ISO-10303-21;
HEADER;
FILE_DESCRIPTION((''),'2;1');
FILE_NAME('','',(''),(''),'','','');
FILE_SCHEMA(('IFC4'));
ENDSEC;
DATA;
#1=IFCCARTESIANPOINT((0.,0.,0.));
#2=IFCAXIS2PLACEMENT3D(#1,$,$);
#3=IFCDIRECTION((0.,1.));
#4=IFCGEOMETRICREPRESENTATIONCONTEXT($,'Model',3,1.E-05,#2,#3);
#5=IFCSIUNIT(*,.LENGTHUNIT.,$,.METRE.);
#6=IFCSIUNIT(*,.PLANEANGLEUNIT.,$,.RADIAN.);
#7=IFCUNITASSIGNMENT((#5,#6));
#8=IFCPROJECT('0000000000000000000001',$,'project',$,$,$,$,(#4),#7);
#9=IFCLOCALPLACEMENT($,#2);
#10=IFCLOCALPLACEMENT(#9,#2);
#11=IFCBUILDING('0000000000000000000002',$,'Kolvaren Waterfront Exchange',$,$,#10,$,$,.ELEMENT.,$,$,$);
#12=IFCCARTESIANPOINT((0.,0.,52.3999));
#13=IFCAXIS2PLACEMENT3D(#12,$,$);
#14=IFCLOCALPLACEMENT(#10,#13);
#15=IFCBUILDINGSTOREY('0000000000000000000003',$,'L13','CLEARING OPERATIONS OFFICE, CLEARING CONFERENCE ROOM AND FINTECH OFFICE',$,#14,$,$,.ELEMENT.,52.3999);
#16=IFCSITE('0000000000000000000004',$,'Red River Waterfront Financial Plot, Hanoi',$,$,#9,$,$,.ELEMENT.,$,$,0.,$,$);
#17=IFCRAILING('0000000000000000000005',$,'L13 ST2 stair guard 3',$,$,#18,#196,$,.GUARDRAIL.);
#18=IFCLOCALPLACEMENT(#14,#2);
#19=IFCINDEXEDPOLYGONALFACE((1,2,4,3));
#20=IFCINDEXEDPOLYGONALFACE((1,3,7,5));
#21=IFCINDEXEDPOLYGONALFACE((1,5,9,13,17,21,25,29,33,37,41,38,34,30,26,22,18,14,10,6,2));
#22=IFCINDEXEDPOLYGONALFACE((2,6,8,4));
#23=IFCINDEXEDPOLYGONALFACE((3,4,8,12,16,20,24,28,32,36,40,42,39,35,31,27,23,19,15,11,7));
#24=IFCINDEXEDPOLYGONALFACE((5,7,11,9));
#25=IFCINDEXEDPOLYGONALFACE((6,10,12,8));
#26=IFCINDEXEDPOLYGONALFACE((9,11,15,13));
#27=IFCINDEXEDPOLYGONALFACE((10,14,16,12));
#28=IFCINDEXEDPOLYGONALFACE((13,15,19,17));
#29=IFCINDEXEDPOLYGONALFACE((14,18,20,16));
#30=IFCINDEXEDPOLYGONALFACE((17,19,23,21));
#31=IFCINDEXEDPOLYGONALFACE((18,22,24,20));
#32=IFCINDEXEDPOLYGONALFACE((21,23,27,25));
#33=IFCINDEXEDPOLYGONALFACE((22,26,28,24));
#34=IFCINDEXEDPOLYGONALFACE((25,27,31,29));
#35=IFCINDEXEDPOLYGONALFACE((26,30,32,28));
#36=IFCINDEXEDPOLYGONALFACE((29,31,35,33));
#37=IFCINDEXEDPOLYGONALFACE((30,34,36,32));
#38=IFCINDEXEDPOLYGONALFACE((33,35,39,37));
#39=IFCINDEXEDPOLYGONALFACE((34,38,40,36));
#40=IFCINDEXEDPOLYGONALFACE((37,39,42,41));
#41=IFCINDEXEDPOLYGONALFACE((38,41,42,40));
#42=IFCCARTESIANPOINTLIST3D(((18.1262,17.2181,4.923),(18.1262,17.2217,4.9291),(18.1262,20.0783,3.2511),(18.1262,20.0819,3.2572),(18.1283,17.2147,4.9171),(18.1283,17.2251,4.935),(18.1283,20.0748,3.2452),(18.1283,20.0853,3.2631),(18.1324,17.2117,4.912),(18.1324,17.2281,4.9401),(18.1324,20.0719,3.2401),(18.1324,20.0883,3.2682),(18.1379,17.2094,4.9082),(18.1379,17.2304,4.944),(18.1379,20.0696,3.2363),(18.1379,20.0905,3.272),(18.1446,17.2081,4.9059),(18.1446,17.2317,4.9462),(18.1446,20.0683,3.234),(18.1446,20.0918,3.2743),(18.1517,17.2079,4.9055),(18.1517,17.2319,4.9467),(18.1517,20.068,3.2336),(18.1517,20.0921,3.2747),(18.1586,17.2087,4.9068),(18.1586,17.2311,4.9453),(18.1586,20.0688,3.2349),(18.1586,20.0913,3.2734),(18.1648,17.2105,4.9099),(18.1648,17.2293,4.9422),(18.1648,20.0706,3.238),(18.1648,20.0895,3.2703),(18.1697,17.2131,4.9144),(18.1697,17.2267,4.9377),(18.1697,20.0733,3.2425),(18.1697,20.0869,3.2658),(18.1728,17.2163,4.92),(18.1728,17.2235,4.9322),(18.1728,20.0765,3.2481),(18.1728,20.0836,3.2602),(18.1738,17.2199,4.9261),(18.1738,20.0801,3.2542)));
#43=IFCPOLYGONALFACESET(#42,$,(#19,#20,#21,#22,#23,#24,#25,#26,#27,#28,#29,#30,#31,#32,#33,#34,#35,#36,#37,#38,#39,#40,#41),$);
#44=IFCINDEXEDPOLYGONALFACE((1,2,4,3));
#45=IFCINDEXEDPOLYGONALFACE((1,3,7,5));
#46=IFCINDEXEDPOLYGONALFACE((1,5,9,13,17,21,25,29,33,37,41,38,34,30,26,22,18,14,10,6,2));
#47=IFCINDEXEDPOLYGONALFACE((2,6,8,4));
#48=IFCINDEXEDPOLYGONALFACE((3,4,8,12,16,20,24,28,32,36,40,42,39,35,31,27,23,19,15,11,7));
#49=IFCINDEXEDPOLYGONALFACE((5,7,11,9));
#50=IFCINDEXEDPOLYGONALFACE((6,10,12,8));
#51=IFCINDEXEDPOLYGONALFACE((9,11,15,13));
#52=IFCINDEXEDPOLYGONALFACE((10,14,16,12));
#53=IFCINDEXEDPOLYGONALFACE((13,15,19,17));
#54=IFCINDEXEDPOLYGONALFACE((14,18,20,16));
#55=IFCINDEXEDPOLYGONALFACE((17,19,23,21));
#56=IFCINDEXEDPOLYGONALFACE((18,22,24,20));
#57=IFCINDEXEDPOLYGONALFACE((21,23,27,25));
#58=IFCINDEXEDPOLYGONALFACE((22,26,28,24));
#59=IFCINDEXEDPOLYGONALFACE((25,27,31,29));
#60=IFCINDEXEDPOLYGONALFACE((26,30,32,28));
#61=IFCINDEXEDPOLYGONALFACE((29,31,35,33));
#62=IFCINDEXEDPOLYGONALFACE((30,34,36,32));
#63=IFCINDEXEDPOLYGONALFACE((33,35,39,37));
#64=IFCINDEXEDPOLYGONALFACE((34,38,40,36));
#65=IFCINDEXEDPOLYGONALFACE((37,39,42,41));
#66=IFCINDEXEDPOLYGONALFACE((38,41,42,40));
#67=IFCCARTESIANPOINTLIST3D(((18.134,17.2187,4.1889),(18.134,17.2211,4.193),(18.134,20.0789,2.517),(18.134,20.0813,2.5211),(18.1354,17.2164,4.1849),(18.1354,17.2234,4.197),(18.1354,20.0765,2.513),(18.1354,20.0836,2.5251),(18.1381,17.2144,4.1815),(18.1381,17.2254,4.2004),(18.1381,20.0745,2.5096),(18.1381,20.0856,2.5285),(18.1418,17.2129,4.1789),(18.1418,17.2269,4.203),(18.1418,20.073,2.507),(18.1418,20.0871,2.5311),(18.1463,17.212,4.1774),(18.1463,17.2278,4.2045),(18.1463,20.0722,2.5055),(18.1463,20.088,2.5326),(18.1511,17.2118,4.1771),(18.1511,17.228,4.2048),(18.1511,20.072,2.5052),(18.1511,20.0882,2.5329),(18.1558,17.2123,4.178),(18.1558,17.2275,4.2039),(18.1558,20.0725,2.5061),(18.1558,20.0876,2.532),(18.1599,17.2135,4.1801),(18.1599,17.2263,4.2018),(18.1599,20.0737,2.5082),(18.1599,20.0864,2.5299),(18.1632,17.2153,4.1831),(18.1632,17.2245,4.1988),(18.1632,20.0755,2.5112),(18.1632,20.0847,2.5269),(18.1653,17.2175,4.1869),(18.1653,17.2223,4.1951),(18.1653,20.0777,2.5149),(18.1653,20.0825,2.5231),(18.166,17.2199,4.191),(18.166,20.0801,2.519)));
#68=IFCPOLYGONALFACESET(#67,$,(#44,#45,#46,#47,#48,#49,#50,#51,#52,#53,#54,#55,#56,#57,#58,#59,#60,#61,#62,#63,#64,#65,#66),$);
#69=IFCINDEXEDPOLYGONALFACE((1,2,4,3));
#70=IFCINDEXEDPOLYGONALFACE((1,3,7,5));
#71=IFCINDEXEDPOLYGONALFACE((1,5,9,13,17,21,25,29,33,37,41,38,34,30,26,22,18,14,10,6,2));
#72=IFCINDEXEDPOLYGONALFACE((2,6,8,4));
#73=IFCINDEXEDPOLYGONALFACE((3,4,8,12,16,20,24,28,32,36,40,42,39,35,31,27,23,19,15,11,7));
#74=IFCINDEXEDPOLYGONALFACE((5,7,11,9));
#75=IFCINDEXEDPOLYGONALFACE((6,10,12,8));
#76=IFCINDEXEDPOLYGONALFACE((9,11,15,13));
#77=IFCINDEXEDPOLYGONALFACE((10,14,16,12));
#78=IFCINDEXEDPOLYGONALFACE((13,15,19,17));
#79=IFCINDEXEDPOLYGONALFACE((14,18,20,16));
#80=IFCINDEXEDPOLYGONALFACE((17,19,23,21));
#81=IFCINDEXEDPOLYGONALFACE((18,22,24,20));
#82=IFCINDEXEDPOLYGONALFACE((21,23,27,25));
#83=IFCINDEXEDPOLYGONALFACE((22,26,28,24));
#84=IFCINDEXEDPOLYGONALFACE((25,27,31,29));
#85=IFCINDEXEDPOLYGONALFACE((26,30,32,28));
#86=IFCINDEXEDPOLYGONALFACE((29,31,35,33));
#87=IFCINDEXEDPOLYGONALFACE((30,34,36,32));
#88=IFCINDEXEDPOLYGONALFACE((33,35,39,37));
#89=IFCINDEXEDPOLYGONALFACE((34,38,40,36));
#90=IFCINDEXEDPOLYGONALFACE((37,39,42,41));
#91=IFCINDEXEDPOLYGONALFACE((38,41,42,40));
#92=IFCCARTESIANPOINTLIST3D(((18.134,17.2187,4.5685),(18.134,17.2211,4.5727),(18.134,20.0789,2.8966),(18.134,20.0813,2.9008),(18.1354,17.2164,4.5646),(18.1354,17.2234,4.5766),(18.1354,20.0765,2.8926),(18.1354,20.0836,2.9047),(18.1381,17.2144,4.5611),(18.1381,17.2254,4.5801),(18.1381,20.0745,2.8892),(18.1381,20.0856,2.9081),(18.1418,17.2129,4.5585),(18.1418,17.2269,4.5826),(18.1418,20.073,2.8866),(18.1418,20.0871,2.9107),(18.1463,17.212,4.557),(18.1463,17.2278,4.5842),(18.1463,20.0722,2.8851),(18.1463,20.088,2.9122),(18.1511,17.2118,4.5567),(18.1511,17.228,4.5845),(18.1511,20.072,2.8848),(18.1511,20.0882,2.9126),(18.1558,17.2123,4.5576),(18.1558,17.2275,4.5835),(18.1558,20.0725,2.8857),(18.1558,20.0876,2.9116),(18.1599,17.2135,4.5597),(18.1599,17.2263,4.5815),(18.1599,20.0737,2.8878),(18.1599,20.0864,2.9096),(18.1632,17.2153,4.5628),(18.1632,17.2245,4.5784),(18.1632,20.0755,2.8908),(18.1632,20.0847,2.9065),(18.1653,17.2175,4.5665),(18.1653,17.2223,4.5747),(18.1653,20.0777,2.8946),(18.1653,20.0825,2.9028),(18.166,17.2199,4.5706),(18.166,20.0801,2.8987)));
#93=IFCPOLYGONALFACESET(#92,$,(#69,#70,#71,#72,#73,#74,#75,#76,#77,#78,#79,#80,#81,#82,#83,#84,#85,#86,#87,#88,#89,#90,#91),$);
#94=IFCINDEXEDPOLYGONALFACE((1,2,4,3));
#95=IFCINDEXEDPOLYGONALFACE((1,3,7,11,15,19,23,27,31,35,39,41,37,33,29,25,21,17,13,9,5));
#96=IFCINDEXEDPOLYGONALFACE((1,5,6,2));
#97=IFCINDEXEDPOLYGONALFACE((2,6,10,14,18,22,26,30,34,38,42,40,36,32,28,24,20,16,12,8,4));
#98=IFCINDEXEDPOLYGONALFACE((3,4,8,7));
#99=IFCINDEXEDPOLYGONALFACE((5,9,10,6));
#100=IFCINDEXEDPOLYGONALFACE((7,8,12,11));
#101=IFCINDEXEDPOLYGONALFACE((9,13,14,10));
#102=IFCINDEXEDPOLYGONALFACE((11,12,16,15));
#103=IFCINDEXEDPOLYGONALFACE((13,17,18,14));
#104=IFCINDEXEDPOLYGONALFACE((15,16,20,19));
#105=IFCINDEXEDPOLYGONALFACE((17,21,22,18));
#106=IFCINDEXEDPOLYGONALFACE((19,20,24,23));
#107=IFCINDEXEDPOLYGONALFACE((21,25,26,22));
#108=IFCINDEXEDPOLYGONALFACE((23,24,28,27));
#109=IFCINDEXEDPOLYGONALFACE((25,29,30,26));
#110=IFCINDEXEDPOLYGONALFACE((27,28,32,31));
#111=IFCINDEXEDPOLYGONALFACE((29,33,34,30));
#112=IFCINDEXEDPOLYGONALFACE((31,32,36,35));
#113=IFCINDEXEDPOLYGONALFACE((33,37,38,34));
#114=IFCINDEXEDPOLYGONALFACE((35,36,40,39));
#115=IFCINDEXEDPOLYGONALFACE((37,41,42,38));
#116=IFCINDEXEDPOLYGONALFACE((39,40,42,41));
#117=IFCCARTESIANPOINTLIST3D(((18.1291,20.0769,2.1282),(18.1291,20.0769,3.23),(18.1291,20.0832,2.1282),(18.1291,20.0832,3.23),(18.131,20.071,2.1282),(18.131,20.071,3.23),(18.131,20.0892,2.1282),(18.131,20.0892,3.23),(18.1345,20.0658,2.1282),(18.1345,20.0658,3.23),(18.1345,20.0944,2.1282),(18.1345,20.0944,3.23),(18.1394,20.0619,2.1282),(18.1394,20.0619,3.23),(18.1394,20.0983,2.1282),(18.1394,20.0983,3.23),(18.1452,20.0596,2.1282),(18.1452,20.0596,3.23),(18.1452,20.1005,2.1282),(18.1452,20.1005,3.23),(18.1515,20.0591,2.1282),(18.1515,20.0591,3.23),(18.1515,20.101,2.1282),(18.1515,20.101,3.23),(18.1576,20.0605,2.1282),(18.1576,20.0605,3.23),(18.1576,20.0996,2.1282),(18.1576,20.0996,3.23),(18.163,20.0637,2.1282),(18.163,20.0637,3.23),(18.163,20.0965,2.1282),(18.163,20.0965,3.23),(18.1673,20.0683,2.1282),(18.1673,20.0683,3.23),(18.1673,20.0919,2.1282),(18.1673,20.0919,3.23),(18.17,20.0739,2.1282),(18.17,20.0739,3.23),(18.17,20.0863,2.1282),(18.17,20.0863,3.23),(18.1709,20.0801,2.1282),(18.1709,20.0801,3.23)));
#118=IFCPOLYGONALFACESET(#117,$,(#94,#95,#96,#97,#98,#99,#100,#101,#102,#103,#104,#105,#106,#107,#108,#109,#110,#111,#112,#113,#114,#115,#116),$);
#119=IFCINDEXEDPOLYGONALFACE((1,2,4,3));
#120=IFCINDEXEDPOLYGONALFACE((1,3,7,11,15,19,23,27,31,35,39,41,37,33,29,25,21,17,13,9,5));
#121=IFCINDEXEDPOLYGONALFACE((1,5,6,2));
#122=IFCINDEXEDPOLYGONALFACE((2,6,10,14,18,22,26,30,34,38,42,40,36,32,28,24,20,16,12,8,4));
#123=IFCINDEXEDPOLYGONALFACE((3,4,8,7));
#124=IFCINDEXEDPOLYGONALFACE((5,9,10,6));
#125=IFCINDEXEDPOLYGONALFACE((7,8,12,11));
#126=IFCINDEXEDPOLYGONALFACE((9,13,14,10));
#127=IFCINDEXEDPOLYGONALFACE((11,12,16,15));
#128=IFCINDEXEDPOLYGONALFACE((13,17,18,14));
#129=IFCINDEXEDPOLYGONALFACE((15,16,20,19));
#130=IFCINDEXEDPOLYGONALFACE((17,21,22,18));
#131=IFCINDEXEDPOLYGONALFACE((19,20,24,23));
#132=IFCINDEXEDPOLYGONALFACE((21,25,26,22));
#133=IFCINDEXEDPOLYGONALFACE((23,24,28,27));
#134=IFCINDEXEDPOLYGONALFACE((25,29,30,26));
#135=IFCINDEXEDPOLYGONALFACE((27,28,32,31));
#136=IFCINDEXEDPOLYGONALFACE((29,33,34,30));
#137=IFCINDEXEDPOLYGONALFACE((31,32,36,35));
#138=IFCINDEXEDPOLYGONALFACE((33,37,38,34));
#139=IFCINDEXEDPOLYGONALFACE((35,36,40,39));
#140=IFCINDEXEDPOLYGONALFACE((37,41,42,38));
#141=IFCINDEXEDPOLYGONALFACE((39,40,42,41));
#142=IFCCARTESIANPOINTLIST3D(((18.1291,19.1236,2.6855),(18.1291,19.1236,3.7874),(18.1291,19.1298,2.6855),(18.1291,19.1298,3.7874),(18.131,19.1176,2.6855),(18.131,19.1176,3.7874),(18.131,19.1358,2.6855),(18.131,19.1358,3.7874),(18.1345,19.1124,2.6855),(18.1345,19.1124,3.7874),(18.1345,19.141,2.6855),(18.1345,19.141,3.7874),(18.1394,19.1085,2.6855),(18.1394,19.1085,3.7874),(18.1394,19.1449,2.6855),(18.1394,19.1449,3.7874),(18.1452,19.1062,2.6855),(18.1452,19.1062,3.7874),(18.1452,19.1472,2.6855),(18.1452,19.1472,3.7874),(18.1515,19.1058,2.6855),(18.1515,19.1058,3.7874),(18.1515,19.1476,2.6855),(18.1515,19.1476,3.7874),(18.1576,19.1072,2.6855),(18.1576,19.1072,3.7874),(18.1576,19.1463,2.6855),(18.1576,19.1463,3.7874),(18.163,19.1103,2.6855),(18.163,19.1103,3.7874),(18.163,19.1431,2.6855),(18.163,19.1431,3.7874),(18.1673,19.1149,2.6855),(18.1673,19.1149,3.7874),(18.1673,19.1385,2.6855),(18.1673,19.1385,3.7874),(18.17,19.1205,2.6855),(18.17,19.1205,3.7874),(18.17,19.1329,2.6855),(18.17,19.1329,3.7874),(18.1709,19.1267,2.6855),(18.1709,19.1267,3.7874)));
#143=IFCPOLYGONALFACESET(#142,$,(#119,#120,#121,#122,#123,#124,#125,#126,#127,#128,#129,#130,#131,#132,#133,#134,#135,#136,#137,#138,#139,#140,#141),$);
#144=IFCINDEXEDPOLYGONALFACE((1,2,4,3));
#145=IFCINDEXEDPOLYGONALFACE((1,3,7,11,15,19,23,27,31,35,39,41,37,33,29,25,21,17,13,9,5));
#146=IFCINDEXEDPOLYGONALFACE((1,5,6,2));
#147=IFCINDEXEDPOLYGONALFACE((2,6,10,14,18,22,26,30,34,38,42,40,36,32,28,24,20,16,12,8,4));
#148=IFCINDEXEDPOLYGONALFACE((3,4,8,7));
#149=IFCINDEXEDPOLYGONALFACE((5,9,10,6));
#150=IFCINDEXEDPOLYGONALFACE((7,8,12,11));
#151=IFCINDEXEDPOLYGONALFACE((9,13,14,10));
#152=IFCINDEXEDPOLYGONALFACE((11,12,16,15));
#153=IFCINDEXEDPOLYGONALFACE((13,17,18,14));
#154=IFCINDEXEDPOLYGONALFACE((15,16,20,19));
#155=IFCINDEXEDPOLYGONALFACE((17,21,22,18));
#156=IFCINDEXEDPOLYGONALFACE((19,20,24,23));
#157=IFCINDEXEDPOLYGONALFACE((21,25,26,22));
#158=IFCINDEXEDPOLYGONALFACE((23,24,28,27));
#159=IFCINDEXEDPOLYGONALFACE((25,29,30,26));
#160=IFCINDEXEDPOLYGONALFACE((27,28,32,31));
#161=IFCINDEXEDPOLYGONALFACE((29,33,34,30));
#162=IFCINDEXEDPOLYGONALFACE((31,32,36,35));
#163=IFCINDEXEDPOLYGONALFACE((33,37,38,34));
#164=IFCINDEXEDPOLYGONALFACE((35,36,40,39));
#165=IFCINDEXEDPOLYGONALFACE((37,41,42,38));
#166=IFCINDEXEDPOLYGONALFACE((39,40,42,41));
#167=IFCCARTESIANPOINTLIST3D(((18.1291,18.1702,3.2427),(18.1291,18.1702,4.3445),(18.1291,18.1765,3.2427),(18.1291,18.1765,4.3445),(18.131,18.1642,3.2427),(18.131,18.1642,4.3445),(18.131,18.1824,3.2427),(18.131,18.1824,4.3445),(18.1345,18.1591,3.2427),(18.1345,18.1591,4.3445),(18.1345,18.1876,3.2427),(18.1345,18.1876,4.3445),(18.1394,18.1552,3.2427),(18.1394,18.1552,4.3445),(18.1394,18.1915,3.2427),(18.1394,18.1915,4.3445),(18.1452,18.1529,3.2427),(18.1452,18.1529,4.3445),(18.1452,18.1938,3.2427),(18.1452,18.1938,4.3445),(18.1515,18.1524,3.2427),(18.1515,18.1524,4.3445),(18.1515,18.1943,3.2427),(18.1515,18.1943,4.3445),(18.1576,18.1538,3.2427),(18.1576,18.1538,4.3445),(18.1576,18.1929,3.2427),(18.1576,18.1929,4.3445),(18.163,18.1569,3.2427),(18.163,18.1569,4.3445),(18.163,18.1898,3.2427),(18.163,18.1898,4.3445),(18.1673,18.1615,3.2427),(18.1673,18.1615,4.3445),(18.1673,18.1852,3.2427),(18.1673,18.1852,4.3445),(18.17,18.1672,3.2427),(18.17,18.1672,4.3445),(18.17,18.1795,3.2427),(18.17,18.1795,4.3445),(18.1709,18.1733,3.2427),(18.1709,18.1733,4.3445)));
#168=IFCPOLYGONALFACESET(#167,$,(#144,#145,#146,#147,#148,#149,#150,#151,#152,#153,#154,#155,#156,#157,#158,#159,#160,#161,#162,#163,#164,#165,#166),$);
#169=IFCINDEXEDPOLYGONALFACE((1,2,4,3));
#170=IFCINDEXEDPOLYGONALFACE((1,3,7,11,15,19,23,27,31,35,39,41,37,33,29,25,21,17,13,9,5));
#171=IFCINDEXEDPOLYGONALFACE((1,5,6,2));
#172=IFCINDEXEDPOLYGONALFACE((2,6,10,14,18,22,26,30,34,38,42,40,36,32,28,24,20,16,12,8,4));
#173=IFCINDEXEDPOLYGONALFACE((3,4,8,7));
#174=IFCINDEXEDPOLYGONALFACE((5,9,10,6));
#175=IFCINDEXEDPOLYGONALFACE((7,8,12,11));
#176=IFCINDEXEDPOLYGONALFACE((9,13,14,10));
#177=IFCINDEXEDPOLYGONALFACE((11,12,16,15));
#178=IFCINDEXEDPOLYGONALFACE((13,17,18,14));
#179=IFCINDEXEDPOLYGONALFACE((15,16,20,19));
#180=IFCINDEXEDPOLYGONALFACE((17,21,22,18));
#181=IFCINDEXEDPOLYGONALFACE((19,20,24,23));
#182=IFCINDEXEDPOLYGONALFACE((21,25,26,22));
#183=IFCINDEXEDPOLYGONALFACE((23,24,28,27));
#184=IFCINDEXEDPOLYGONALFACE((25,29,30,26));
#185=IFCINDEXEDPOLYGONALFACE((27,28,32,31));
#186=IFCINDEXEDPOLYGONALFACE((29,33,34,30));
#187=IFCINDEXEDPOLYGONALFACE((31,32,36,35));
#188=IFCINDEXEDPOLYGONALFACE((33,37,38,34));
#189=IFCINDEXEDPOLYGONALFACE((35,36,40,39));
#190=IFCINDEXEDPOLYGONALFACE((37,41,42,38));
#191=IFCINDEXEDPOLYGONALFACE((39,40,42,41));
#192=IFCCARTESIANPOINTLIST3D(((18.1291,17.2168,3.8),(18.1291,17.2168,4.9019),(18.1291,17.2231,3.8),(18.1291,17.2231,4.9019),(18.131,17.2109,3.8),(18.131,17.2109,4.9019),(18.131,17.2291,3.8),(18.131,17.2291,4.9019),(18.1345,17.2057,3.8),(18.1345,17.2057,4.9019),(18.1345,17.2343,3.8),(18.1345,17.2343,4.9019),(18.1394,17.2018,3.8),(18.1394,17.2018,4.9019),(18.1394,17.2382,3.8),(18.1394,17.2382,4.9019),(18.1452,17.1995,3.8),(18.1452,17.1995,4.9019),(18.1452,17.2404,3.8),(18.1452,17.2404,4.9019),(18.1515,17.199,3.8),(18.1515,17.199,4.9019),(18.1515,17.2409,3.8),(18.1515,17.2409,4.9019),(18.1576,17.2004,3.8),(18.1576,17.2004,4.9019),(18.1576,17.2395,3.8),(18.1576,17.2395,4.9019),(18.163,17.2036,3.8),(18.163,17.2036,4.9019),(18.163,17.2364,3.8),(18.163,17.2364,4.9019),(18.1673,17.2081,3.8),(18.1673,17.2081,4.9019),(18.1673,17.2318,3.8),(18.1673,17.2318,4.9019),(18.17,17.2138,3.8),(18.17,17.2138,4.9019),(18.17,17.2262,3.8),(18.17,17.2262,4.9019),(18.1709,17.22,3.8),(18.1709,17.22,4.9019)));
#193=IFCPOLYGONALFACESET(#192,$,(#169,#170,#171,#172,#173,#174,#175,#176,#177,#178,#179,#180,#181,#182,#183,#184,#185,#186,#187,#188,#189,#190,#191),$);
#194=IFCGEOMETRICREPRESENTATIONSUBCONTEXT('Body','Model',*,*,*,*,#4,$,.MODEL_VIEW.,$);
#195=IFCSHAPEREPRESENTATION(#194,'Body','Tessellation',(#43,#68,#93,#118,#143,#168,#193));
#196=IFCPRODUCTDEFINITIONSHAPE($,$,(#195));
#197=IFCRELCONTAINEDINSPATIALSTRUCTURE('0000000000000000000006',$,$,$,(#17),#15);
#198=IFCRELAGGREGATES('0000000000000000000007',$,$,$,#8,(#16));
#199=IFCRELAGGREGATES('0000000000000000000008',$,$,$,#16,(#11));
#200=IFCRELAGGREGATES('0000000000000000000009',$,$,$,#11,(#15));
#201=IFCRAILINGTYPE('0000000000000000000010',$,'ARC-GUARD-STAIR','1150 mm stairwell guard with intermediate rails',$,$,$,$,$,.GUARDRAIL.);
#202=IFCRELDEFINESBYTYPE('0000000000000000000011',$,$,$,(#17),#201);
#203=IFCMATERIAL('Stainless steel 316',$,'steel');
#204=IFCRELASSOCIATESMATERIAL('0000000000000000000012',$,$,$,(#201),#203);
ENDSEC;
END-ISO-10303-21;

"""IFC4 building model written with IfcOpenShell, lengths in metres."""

from ifc_helpers import new_model, si_unit, direction, frame, origin, origin_2d, place, context, subcontext, project, spatial, circle, extrude, material, type_object, element, save


model = new_model("IFC4")

# Units and contexts
model_context = context("Model", 3, precision=1e-05, world=origin(), true_north=direction((0.0, 1.0)))
body_context = subcontext(model_context, "Body", "Model", "MODEL_VIEW")
ifc_project = project(units=[si_unit("LENGTHUNIT", "METRE"), si_unit("PLANEANGLEUNIT", "RADIAN")], contexts=[model_context])

# Site, building, storey
site_placement = place(None, origin())
site = spatial("IfcSite", under=ifc_project, at=site_placement, Name="Red River Waterfront Financial Plot, Hanoi", CompositionType="ELEMENT", RefElevation=0.0)
building_placement = place(site_placement, origin())
building = spatial("IfcBuilding", under=site, at=building_placement, Name="Kolvaren Waterfront Exchange", CompositionType="ELEMENT")
storey_placement = place(building_placement, frame((0.0, 0.0, 52.3999)))
storey = spatial("IfcBuildingStorey", under=building, at=storey_placement, Name="L13", Description="CLEARING OPERATIONS OFFICE, CLEARING CONFERENCE ROOM AND FINTECH OFFICE", CompositionType="ELEMENT", Elevation=52.3999)

# Railing
ifc_material_1 = material(Name="Stainless steel 316", Category="steel")
railing_type_1 = type_object("IfcRailingType", Name="ARC-GUARD-STAIR", Description="1150 mm stairwell guard with intermediate rails", PredefinedType="GUARDRAIL", material=ifc_material_1)
railing_1_placement = place(storey_placement, frame((18.1499, 20.0801, 2.1282)))
element("IfcRailing", 1, at=railing_1_placement, inside=storey, type_object=railing_type_1, Name="L13 ST2 stair guard 3", PredefinedType="GUARDRAIL", context=body_context, shape_type="SweptSolid", body=[
    extrude(circle(Radius=0.0239, at=origin_2d()), frame((0.0, 0.0, 1.126), z_axis=(0.0, -0.863321, 0.504654), x_axis=(1.0, 0.0, 0.0)), (0.0, 0.0, 1.0), 3.313),
    extrude(circle(Radius=0.0161, at=origin_2d()), frame((0.0, 0.0, 0.3909), z_axis=(0.0, -0.863321, 0.504654), x_axis=(1.0, 0.0, 0.0)), (0.0, 0.0, 1.0), 3.313),
    extrude(circle(Radius=0.0161, at=origin_2d()), frame((0.0, 0.0, 0.7705), z_axis=(0.0, -0.863321, 0.504654), x_axis=(1.0, 0.0, 0.0)), (0.0, 0.0, 1.0), 3.313),
    extrude(circle(Radius=0.021, at=origin_2d()), origin(), (0.0, 0.0, 1.0), 1.1018),
    extrude(circle(Radius=0.021, at=origin_2d()), frame((0.0, -0.9534, 0.5574)), (0.0, 0.0, 1.0), 1.1018),
    extrude(circle(Radius=0.021, at=origin_2d()), frame((0.0, -1.9067, 1.1145)), (0.0, 0.0, 1.0), 1.1018),
    extrude(circle(Radius=0.021, at=origin_2d()), frame((0.0, -2.8601, 1.6719)), (0.0, 0.0, 1.0), 1.1018),
])

save(model, "model.ifc")
